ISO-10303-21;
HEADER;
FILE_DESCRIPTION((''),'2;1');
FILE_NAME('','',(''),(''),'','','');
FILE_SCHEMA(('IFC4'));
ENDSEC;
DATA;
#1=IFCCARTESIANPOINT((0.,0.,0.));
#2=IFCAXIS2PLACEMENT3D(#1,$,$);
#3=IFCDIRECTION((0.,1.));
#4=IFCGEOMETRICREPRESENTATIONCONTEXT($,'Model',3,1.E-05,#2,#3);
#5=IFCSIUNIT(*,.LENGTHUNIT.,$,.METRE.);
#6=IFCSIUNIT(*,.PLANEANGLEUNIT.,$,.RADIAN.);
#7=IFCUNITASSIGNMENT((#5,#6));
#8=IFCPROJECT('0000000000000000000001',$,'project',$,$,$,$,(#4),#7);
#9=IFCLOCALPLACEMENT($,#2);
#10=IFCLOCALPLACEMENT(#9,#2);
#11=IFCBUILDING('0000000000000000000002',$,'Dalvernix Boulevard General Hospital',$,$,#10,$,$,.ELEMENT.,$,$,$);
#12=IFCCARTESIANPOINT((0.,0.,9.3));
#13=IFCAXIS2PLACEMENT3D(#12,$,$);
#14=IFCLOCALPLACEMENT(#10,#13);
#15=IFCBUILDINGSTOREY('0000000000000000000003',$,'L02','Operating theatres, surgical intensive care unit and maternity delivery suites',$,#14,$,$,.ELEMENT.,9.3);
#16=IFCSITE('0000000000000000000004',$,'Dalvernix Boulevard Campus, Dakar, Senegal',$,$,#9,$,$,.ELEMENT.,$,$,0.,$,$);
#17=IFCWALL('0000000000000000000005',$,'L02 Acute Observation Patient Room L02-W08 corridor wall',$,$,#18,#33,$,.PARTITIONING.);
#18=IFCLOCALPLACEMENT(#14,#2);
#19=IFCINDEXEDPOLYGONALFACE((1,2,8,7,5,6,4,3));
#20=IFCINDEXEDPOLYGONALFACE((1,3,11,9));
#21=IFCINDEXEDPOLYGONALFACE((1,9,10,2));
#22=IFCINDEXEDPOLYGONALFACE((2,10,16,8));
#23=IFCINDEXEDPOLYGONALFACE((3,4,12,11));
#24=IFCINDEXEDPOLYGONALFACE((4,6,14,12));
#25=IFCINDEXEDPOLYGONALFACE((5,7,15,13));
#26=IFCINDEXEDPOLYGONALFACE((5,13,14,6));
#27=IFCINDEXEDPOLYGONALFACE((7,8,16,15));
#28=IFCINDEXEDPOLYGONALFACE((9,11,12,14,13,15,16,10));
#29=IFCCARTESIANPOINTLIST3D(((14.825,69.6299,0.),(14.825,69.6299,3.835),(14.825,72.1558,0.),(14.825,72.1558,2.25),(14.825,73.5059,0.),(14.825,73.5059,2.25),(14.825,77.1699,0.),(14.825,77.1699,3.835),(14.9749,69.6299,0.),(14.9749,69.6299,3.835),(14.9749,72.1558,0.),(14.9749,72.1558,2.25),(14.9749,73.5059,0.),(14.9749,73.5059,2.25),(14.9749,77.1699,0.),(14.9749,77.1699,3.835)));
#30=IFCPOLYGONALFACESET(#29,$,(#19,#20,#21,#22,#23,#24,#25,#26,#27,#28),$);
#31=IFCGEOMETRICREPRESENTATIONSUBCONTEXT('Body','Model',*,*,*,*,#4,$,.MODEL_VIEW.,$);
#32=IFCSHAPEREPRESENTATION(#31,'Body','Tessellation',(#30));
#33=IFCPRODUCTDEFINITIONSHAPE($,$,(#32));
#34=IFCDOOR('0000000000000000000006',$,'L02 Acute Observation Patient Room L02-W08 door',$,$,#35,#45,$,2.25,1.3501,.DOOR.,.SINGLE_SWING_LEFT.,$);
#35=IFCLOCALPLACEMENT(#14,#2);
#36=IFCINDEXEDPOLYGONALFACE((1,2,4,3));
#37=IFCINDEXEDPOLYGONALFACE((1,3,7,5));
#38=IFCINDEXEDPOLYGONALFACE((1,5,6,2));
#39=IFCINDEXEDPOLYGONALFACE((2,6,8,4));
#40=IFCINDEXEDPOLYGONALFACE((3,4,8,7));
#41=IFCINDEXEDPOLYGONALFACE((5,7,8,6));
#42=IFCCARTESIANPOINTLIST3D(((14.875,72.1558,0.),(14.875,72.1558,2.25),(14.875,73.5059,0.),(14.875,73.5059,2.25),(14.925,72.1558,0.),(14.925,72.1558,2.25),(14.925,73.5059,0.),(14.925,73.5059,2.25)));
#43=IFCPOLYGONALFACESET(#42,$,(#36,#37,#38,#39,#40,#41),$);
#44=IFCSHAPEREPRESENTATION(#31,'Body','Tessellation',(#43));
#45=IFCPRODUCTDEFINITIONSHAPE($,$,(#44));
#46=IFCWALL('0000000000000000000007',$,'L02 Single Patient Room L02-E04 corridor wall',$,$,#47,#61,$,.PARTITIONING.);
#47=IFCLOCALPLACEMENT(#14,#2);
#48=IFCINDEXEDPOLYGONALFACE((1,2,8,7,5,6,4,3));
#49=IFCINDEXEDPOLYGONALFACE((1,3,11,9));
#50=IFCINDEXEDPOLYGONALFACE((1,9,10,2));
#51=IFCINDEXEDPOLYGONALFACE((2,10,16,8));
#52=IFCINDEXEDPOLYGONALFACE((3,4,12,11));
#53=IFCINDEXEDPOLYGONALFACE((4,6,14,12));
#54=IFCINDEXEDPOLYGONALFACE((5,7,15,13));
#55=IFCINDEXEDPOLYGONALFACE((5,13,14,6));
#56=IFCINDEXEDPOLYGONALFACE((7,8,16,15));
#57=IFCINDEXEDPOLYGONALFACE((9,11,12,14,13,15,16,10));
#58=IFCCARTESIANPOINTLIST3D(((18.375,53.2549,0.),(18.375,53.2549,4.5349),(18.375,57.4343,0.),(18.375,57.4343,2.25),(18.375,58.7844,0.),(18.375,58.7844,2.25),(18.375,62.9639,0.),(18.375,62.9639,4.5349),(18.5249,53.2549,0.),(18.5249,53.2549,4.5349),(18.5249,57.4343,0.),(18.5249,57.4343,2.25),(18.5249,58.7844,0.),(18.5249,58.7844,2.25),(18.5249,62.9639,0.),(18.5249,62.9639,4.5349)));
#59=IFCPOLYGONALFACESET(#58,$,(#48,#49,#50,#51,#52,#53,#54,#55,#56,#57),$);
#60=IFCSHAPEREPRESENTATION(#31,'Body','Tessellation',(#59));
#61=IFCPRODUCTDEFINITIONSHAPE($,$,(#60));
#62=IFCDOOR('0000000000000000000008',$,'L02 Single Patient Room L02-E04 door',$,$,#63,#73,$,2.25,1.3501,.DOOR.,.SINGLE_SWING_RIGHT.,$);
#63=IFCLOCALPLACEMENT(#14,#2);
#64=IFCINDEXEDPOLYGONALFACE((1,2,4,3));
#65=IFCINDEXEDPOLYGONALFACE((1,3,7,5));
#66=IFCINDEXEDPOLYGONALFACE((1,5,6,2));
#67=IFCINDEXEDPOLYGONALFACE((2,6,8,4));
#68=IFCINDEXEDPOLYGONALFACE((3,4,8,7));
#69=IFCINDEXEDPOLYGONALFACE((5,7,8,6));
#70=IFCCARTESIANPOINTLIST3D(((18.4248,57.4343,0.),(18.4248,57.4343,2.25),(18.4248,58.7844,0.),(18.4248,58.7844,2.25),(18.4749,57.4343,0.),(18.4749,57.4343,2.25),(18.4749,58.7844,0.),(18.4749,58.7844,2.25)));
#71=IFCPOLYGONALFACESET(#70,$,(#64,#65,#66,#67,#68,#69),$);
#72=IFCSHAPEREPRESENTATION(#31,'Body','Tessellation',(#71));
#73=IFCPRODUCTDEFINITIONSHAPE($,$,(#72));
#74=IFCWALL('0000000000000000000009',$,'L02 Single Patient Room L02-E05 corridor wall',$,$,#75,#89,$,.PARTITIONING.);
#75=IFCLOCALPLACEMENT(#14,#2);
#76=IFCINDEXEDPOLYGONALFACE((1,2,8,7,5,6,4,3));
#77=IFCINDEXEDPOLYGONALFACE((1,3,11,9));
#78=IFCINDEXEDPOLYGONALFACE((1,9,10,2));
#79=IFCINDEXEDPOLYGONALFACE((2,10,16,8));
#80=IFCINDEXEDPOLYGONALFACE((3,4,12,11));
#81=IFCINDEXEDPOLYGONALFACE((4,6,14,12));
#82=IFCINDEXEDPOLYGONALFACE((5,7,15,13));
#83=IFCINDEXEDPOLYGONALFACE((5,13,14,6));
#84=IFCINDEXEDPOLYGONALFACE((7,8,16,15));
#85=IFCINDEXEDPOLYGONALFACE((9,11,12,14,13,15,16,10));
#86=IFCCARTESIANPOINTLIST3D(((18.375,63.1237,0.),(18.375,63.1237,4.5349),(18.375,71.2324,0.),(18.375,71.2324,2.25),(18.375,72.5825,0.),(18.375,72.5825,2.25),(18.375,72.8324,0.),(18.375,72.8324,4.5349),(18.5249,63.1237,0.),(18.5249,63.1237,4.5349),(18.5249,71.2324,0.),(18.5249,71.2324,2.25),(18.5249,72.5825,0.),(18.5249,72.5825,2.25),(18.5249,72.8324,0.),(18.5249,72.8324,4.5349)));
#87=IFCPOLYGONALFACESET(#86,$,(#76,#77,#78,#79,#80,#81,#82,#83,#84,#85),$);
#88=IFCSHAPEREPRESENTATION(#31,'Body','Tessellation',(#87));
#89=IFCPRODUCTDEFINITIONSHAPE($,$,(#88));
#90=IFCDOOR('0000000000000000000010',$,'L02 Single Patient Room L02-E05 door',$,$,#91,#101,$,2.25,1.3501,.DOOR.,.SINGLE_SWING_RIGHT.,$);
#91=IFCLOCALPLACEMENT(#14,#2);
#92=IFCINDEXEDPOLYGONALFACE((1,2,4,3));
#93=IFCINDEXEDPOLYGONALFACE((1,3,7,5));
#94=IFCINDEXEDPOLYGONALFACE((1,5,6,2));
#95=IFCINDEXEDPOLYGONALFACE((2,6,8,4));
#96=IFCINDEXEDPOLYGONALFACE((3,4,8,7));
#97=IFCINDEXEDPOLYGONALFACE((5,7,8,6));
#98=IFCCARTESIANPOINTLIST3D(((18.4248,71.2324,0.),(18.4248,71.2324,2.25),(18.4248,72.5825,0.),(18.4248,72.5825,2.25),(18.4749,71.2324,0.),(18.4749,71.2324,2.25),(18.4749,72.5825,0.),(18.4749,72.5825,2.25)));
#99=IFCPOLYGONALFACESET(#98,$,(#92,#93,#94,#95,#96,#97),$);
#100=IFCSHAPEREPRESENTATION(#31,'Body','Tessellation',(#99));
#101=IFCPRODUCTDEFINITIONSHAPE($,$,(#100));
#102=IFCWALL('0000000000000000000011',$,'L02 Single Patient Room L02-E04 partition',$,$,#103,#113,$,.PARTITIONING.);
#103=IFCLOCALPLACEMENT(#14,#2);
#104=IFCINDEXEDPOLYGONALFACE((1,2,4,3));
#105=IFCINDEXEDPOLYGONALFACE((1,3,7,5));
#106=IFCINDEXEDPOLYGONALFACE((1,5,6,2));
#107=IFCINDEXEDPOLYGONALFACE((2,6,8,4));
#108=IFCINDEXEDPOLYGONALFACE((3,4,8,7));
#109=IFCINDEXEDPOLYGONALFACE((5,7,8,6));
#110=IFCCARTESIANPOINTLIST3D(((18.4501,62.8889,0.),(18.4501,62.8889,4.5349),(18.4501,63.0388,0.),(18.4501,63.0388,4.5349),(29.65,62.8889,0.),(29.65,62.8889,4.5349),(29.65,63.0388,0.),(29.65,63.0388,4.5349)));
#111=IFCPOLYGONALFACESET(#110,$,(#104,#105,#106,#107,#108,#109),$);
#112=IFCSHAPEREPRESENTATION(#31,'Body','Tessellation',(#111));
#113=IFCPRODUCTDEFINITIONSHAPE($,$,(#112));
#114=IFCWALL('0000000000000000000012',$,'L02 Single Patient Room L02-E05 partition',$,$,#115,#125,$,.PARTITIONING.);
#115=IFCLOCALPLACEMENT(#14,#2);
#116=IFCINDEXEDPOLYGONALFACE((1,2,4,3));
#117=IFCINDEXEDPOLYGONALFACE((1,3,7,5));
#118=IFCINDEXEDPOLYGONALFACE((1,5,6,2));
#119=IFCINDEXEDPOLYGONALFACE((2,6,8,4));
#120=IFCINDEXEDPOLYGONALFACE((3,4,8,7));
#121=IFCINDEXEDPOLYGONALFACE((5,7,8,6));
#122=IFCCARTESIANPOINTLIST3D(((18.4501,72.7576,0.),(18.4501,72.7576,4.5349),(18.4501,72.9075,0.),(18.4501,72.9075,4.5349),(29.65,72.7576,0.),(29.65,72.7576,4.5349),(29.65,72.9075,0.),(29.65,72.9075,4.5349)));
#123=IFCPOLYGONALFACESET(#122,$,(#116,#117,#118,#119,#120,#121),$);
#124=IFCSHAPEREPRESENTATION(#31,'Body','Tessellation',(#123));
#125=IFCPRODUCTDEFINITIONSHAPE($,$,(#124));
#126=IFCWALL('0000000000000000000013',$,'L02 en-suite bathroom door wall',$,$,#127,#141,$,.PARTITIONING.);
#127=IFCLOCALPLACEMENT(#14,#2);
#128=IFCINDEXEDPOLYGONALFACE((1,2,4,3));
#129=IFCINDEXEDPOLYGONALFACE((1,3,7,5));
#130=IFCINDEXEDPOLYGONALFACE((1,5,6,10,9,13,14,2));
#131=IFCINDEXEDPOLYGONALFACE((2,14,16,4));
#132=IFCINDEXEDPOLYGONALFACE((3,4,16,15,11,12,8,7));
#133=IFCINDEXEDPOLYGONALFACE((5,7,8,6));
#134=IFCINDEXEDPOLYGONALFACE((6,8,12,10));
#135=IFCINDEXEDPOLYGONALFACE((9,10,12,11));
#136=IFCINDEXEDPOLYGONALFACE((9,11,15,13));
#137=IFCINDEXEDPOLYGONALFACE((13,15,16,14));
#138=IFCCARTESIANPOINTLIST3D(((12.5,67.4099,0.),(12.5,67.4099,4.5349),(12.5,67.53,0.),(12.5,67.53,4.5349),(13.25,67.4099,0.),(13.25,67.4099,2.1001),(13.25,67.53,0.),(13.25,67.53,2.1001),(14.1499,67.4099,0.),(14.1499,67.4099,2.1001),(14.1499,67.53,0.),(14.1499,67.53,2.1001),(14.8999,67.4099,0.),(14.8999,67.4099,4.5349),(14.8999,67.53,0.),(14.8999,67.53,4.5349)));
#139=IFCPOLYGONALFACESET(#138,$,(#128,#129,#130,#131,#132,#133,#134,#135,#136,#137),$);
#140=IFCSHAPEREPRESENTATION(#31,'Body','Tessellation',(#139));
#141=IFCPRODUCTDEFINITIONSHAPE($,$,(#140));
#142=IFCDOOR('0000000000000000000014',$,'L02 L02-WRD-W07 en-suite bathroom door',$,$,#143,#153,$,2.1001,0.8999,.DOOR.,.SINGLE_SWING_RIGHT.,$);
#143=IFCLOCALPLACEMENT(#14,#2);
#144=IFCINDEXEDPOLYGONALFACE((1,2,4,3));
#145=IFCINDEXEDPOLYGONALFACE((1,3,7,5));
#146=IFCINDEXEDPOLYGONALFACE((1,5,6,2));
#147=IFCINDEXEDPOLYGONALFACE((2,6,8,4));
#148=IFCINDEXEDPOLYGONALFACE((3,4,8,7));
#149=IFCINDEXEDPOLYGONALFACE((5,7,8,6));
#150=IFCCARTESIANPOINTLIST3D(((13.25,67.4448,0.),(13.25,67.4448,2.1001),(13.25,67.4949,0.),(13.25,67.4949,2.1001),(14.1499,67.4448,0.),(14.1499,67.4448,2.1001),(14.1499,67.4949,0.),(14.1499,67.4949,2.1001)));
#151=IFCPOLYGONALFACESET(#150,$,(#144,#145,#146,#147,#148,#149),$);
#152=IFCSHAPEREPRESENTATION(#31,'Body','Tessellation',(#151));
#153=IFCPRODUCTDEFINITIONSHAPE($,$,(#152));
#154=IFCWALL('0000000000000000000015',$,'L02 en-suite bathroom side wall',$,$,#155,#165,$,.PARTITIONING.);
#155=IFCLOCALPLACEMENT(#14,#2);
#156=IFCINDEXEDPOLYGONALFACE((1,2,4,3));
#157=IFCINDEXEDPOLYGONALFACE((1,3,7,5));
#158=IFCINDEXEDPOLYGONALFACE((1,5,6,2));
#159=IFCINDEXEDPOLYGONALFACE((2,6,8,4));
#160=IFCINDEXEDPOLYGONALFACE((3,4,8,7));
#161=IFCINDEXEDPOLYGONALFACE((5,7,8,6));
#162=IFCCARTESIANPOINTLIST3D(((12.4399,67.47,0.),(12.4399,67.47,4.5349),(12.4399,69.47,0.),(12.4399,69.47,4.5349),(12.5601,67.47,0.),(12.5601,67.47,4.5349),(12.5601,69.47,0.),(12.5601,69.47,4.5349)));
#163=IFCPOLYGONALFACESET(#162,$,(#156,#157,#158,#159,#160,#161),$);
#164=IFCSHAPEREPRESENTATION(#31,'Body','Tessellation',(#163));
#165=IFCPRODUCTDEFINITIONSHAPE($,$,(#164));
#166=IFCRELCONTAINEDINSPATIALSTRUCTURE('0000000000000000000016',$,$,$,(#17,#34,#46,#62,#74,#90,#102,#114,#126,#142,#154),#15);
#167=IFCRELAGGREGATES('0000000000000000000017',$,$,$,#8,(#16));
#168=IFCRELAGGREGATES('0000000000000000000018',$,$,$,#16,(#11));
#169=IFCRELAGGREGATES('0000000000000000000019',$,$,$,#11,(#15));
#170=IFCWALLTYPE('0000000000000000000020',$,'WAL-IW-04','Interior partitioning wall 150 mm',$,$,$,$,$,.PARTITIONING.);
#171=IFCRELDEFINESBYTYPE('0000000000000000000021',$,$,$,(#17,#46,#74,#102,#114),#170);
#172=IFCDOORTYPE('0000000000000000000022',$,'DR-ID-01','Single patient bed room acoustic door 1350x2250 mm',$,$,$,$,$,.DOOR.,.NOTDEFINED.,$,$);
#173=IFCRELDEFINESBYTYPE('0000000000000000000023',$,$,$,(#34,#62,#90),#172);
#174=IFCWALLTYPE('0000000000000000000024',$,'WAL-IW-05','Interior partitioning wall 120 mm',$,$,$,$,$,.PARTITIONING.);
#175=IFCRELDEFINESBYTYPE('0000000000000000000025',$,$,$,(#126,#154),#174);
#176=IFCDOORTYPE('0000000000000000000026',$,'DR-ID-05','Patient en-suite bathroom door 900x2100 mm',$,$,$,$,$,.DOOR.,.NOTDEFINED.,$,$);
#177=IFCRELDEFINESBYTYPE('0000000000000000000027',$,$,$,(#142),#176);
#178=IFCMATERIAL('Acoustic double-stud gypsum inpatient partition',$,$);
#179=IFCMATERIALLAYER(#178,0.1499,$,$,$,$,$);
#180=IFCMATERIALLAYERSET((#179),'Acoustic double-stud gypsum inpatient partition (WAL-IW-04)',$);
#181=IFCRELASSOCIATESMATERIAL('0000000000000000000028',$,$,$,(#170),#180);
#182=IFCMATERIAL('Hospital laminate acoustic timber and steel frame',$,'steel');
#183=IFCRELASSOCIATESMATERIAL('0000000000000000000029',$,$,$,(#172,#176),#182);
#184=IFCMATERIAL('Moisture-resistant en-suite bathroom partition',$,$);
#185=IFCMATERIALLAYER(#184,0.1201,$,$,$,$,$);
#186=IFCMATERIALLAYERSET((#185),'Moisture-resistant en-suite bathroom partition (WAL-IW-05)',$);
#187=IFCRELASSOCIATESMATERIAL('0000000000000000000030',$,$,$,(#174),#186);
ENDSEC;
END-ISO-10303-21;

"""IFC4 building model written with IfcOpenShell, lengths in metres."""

from ifc_helpers import new_model, si_unit, direction, frame, frame_2d, origin, place, context, subcontext, project, spatial, rectangle, extrude, material, layer, layer_set, type_object, element, fill, save


model = new_model("IFC4")

# Units and contexts
model_context = context("Model", 3, precision=1e-05, world=origin(), true_north=direction((0.0, 1.0)))
body_context = subcontext(model_context, "Body", "Model", "MODEL_VIEW")
ifc_project = project(units=[si_unit("LENGTHUNIT", "METRE"), si_unit("PLANEANGLEUNIT", "RADIAN")], contexts=[model_context])

# Site, building, storey
site_placement = place(None, origin())
site = spatial("IfcSite", under=ifc_project, at=site_placement, Name="Dalvernix Boulevard Campus, Dakar, Senegal", CompositionType="ELEMENT", RefElevation=0.0)
building_placement = place(site_placement, origin())
building = spatial("IfcBuilding", under=site, at=building_placement, Name="Dalvernix Boulevard General Hospital", CompositionType="ELEMENT")
storey_placement = place(building_placement, frame((0.0, 0.0, 9.3)))
storey = spatial("IfcBuildingStorey", under=building, at=storey_placement, Name="L02", Description="Operating theatres, surgical intensive care unit and maternity delivery suites", CompositionType="ELEMENT", Elevation=9.3)

# Walls, openings, doors
ifc_material_1 = material(Name="Acoustic double-stud gypsum inpatient partition")
ifc_layer_1 = layer(ifc_material_1, 0.1499)
ifc_layer_set_1 = layer_set([ifc_layer_1], Name="Acoustic double-stud gypsum inpatient partition (WAL-IW-04)")
wall_type_1 = type_object("IfcWallType", Name="WAL-IW-04", Description="Interior partitioning wall 150 mm", PredefinedType="PARTITIONING", material=ifc_layer_set_1)
wall_1_placement = place(storey_placement, frame((14.8999, 69.6299, 0.0), z_axis=(0.0, 0.0, 1.0), x_axis=(0.0, 1.0, 0.0)))
wall_1 = element("IfcWall", 1, at=wall_1_placement, inside=storey, type_object=wall_type_1, Name="L02 Acute Observation Patient Room L02-W08 corridor wall", PredefinedType="PARTITIONING", context=body_context, shape_type="SweptSolid", body=[
    extrude(rectangle(XDim=7.54, YDim=0.1499, at=frame_2d((3.77, 0.0))), origin(), (0.0, 0.0, 1.0), 3.835),
])
opening_1_placement = place(wall_1_placement, frame((2.5259, 0.0, 0.0)))
opening_1 = element("IfcOpeningElement", 2, at=opening_1_placement, cuts=wall_1, PredefinedType="OPENING", context=body_context, shape_type="SweptSolid", body=[
    extrude(rectangle(XDim=1.3501, YDim=2.25, at=frame_2d((0.675, 1.125))), frame((0.0, 0.085, 0.0), z_axis=(0.0, -1.0, 0.0), x_axis=(1.0, 0.0, 0.0)), (0.0, 0.0, 1.0), 0.1699),
])
ifc_material_2 = material(Name="Hospital laminate acoustic timber and steel frame", Category="steel")
door_type_1 = type_object("IfcDoorType", Name="DR-ID-01", Description="Single patient bed room acoustic door 1350x2250 mm", OperationType="NOTDEFINED", PredefinedType="DOOR", material=ifc_material_2)
door_1_placement = place(opening_1_placement, origin())
door_1 = element("IfcDoor", 3, at=door_1_placement, inside=storey, type_object=door_type_1, Name="L02 Acute Observation Patient Room L02-W08 door", OperationType="SINGLE_SWING_LEFT", OverallHeight=2.25, OverallWidth=1.3501, PredefinedType="DOOR", context=body_context, shape_type="SweptSolid", body=[
    extrude(rectangle(XDim=1.3501, YDim=2.25, at=frame_2d((0.675, 1.125))), frame((0.0, 0.0249, 0.0), z_axis=(0.0, -1.0, 0.0), x_axis=(1.0, 0.0, 0.0)), (0.0, 0.0, 1.0), 0.05),
])
fill(opening_1, door_1)
wall_2_placement = place(storey_placement, frame((18.45, 62.9639, 0.0), z_axis=(0.0, 0.0, 1.0), x_axis=(0.0, -1.0, 0.0)))
wall_2 = element("IfcWall", 4, at=wall_2_placement, inside=storey, type_object=wall_type_1, Name="L02 Single Patient Room L02-E04 corridor wall", PredefinedType="PARTITIONING", context=body_context, shape_type="SweptSolid", body=[
    extrude(rectangle(XDim=9.709, YDim=0.1499, at=frame_2d((4.8545, 0.0))), origin(), (0.0, 0.0, 1.0), 4.5349),
])
opening_2_placement = place(wall_2_placement, frame((4.1794, 0.0, 0.0)))
opening_2 = element("IfcOpeningElement", 5, at=opening_2_placement, cuts=wall_2, PredefinedType="OPENING", context=body_context, shape_type="SweptSolid", body=[
    extrude(rectangle(XDim=1.3501, YDim=2.25, at=frame_2d((0.675, 1.125))), frame((0.0, 0.085, 0.0), z_axis=(0.0, -1.0, 0.0), x_axis=(1.0, 0.0, 0.0)), (0.0, 0.0, 1.0), 0.1699),
])
door_2_placement = place(opening_2_placement, origin())
door_2 = element("IfcDoor", 6, at=door_2_placement, inside=storey, type_object=door_type_1, Name="L02 Single Patient Room L02-E04 door", OperationType="SINGLE_SWING_RIGHT", OverallHeight=2.25, OverallWidth=1.3501, PredefinedType="DOOR", context=body_context, shape_type="SweptSolid", body=[
    extrude(rectangle(XDim=1.3501, YDim=2.25, at=frame_2d((0.675, 1.125))), frame((0.0, 0.0249, 0.0), z_axis=(0.0, -1.0, 0.0), x_axis=(1.0, 0.0, 0.0)), (0.0, 0.0, 1.0), 0.05),
])
fill(opening_2, door_2)
wall_3_placement = place(storey_placement, frame((18.45, 72.8325, 0.0), z_axis=(0.0, 0.0, 1.0), x_axis=(0.0, -1.0, 0.0)))
wall_3 = element("IfcWall", 7, at=wall_3_placement, inside=storey, type_object=wall_type_1, Name="L02 Single Patient Room L02-E05 corridor wall", PredefinedType="PARTITIONING", context=body_context, shape_type="SweptSolid", body=[
    extrude(rectangle(XDim=9.7087, YDim=0.1499, at=frame_2d((4.8545, 0.0))), origin(), (0.0, 0.0, 1.0), 4.5349),
])
opening_3_placement = place(wall_3_placement, frame((0.25, 0.0, 0.0)))
opening_3 = element("IfcOpeningElement", 8, at=opening_3_placement, cuts=wall_3, PredefinedType="OPENING", context=body_context, shape_type="SweptSolid", body=[
    extrude(rectangle(XDim=1.3501, YDim=2.25, at=frame_2d((0.675, 1.125))), frame((0.0, 0.085, 0.0), z_axis=(0.0, -1.0, 0.0), x_axis=(1.0, 0.0, 0.0)), (0.0, 0.0, 1.0), 0.1699),
])
door_3_placement = place(opening_3_placement, origin())
door_3 = element("IfcDoor", 9, at=door_3_placement, inside=storey, type_object=door_type_1, Name="L02 Single Patient Room L02-E05 door", OperationType="SINGLE_SWING_RIGHT", OverallHeight=2.25, OverallWidth=1.3501, PredefinedType="DOOR", context=body_context, shape_type="SweptSolid", body=[
    extrude(rectangle(XDim=1.3501, YDim=2.25, at=frame_2d((0.675, 1.125))), frame((0.0, 0.0249, 0.0), z_axis=(0.0, -1.0, 0.0), x_axis=(1.0, 0.0, 0.0)), (0.0, 0.0, 1.0), 0.05),
])
fill(opening_3, door_3)

# Walls
for number, where, z_axis, x_axis, name in (
    (10, (18.45, 62.9639, 0.0), (0.0, 0.0, 1.0), (1.0, 0.0, 0.0), "L02 Single Patient Room L02-E04 partition"),
    (11, (18.45, 72.8325, 0.0), (0.0, 0.0, 1.0), (1.0, 0.0, 0.0), "L02 Single Patient Room L02-E05 partition"),
):
    element("IfcWall", number, at=place(storey_placement, frame(where, z_axis=z_axis, x_axis=x_axis)), inside=storey, type_object=wall_type_1, Name=name, PredefinedType="PARTITIONING", context=body_context, shape_type="SweptSolid", body=[
        extrude(rectangle(XDim=11.2, YDim=0.1499, at=frame_2d((5.6001, 0.0))), origin(), (0.0, 0.0, 1.0), 4.5349),
    ])

# Wall, opening, door
ifc_material_3 = material(Name="Moisture-resistant en-suite bathroom partition")
ifc_layer_2 = layer(ifc_material_3, 0.1201)
ifc_layer_set_2 = layer_set([ifc_layer_2], Name="Moisture-resistant en-suite bathroom partition (WAL-IW-05)")
wall_type_2 = type_object("IfcWallType", Name="WAL-IW-05", Description="Interior partitioning wall 120 mm", PredefinedType="PARTITIONING", material=ifc_layer_set_2)
wall_4_placement = place(storey_placement, frame((12.5, 67.47, 0.0), z_axis=(0.0, 0.0, 1.0), x_axis=(1.0, 0.0, 0.0)))
wall_4 = element("IfcWall", 12, at=wall_4_placement, inside=storey, type_object=wall_type_2, Name="L02 en-suite bathroom door wall", PredefinedType="PARTITIONING", context=body_context, shape_type="SweptSolid", body=[
    extrude(rectangle(XDim=2.3999, YDim=0.1201, at=frame_2d((1.2, 0.0))), origin(), (0.0, 0.0, 1.0), 4.5349),
])
opening_4_placement = place(wall_4_placement, frame((0.75, 0.0, 0.0)))
opening_4 = element("IfcOpeningElement", 13, at=opening_4_placement, cuts=wall_4, PredefinedType="OPENING", context=body_context, shape_type="SweptSolid", body=[
    extrude(rectangle(XDim=0.8999, YDim=2.1001, at=frame_2d((0.45, 1.05))), frame((0.0, 0.0701, 0.0), z_axis=(0.0, -1.0, 0.0), x_axis=(1.0, 0.0, 0.0)), (0.0, 0.0, 1.0), 0.1401),
])
door_type_2 = type_object("IfcDoorType", Name="DR-ID-05", Description="Patient en-suite bathroom door 900x2100 mm", OperationType="NOTDEFINED", PredefinedType="DOOR", material=ifc_material_2)
door_4_placement = place(opening_4_placement, origin())
door_4 = element("IfcDoor", 14, at=door_4_placement, inside=storey, type_object=door_type_2, Name="L02 L02-WRD-W07 en-suite bathroom door", OperationType="SINGLE_SWING_RIGHT", OverallHeight=2.1001, OverallWidth=0.8999, PredefinedType="DOOR", context=body_context, shape_type="SweptSolid", body=[
    extrude(rectangle(XDim=0.8999, YDim=2.1001, at=frame_2d((0.45, 1.05))), frame((0.0, 0.0249, 0.0), z_axis=(0.0, -1.0, 0.0), x_axis=(1.0, 0.0, 0.0)), (0.0, 0.0, 1.0), 0.05),
])
fill(opening_4, door_4)

# Wall
wall_5_placement = place(storey_placement, frame((12.5, 67.47, 0.0), z_axis=(0.0, 0.0, 1.0), x_axis=(0.0, 1.0, 0.0)))
element("IfcWall", 15, at=wall_5_placement, inside=storey, type_object=wall_type_2, Name="L02 en-suite bathroom side wall", PredefinedType="PARTITIONING", context=body_context, shape_type="SweptSolid", body=[
    extrude(rectangle(XDim=2.0, YDim=0.1201, at=frame_2d((1.0, 0.0))), origin(), (0.0, 0.0, 1.0), 4.5349),
])

save(model, "model.ifc")
